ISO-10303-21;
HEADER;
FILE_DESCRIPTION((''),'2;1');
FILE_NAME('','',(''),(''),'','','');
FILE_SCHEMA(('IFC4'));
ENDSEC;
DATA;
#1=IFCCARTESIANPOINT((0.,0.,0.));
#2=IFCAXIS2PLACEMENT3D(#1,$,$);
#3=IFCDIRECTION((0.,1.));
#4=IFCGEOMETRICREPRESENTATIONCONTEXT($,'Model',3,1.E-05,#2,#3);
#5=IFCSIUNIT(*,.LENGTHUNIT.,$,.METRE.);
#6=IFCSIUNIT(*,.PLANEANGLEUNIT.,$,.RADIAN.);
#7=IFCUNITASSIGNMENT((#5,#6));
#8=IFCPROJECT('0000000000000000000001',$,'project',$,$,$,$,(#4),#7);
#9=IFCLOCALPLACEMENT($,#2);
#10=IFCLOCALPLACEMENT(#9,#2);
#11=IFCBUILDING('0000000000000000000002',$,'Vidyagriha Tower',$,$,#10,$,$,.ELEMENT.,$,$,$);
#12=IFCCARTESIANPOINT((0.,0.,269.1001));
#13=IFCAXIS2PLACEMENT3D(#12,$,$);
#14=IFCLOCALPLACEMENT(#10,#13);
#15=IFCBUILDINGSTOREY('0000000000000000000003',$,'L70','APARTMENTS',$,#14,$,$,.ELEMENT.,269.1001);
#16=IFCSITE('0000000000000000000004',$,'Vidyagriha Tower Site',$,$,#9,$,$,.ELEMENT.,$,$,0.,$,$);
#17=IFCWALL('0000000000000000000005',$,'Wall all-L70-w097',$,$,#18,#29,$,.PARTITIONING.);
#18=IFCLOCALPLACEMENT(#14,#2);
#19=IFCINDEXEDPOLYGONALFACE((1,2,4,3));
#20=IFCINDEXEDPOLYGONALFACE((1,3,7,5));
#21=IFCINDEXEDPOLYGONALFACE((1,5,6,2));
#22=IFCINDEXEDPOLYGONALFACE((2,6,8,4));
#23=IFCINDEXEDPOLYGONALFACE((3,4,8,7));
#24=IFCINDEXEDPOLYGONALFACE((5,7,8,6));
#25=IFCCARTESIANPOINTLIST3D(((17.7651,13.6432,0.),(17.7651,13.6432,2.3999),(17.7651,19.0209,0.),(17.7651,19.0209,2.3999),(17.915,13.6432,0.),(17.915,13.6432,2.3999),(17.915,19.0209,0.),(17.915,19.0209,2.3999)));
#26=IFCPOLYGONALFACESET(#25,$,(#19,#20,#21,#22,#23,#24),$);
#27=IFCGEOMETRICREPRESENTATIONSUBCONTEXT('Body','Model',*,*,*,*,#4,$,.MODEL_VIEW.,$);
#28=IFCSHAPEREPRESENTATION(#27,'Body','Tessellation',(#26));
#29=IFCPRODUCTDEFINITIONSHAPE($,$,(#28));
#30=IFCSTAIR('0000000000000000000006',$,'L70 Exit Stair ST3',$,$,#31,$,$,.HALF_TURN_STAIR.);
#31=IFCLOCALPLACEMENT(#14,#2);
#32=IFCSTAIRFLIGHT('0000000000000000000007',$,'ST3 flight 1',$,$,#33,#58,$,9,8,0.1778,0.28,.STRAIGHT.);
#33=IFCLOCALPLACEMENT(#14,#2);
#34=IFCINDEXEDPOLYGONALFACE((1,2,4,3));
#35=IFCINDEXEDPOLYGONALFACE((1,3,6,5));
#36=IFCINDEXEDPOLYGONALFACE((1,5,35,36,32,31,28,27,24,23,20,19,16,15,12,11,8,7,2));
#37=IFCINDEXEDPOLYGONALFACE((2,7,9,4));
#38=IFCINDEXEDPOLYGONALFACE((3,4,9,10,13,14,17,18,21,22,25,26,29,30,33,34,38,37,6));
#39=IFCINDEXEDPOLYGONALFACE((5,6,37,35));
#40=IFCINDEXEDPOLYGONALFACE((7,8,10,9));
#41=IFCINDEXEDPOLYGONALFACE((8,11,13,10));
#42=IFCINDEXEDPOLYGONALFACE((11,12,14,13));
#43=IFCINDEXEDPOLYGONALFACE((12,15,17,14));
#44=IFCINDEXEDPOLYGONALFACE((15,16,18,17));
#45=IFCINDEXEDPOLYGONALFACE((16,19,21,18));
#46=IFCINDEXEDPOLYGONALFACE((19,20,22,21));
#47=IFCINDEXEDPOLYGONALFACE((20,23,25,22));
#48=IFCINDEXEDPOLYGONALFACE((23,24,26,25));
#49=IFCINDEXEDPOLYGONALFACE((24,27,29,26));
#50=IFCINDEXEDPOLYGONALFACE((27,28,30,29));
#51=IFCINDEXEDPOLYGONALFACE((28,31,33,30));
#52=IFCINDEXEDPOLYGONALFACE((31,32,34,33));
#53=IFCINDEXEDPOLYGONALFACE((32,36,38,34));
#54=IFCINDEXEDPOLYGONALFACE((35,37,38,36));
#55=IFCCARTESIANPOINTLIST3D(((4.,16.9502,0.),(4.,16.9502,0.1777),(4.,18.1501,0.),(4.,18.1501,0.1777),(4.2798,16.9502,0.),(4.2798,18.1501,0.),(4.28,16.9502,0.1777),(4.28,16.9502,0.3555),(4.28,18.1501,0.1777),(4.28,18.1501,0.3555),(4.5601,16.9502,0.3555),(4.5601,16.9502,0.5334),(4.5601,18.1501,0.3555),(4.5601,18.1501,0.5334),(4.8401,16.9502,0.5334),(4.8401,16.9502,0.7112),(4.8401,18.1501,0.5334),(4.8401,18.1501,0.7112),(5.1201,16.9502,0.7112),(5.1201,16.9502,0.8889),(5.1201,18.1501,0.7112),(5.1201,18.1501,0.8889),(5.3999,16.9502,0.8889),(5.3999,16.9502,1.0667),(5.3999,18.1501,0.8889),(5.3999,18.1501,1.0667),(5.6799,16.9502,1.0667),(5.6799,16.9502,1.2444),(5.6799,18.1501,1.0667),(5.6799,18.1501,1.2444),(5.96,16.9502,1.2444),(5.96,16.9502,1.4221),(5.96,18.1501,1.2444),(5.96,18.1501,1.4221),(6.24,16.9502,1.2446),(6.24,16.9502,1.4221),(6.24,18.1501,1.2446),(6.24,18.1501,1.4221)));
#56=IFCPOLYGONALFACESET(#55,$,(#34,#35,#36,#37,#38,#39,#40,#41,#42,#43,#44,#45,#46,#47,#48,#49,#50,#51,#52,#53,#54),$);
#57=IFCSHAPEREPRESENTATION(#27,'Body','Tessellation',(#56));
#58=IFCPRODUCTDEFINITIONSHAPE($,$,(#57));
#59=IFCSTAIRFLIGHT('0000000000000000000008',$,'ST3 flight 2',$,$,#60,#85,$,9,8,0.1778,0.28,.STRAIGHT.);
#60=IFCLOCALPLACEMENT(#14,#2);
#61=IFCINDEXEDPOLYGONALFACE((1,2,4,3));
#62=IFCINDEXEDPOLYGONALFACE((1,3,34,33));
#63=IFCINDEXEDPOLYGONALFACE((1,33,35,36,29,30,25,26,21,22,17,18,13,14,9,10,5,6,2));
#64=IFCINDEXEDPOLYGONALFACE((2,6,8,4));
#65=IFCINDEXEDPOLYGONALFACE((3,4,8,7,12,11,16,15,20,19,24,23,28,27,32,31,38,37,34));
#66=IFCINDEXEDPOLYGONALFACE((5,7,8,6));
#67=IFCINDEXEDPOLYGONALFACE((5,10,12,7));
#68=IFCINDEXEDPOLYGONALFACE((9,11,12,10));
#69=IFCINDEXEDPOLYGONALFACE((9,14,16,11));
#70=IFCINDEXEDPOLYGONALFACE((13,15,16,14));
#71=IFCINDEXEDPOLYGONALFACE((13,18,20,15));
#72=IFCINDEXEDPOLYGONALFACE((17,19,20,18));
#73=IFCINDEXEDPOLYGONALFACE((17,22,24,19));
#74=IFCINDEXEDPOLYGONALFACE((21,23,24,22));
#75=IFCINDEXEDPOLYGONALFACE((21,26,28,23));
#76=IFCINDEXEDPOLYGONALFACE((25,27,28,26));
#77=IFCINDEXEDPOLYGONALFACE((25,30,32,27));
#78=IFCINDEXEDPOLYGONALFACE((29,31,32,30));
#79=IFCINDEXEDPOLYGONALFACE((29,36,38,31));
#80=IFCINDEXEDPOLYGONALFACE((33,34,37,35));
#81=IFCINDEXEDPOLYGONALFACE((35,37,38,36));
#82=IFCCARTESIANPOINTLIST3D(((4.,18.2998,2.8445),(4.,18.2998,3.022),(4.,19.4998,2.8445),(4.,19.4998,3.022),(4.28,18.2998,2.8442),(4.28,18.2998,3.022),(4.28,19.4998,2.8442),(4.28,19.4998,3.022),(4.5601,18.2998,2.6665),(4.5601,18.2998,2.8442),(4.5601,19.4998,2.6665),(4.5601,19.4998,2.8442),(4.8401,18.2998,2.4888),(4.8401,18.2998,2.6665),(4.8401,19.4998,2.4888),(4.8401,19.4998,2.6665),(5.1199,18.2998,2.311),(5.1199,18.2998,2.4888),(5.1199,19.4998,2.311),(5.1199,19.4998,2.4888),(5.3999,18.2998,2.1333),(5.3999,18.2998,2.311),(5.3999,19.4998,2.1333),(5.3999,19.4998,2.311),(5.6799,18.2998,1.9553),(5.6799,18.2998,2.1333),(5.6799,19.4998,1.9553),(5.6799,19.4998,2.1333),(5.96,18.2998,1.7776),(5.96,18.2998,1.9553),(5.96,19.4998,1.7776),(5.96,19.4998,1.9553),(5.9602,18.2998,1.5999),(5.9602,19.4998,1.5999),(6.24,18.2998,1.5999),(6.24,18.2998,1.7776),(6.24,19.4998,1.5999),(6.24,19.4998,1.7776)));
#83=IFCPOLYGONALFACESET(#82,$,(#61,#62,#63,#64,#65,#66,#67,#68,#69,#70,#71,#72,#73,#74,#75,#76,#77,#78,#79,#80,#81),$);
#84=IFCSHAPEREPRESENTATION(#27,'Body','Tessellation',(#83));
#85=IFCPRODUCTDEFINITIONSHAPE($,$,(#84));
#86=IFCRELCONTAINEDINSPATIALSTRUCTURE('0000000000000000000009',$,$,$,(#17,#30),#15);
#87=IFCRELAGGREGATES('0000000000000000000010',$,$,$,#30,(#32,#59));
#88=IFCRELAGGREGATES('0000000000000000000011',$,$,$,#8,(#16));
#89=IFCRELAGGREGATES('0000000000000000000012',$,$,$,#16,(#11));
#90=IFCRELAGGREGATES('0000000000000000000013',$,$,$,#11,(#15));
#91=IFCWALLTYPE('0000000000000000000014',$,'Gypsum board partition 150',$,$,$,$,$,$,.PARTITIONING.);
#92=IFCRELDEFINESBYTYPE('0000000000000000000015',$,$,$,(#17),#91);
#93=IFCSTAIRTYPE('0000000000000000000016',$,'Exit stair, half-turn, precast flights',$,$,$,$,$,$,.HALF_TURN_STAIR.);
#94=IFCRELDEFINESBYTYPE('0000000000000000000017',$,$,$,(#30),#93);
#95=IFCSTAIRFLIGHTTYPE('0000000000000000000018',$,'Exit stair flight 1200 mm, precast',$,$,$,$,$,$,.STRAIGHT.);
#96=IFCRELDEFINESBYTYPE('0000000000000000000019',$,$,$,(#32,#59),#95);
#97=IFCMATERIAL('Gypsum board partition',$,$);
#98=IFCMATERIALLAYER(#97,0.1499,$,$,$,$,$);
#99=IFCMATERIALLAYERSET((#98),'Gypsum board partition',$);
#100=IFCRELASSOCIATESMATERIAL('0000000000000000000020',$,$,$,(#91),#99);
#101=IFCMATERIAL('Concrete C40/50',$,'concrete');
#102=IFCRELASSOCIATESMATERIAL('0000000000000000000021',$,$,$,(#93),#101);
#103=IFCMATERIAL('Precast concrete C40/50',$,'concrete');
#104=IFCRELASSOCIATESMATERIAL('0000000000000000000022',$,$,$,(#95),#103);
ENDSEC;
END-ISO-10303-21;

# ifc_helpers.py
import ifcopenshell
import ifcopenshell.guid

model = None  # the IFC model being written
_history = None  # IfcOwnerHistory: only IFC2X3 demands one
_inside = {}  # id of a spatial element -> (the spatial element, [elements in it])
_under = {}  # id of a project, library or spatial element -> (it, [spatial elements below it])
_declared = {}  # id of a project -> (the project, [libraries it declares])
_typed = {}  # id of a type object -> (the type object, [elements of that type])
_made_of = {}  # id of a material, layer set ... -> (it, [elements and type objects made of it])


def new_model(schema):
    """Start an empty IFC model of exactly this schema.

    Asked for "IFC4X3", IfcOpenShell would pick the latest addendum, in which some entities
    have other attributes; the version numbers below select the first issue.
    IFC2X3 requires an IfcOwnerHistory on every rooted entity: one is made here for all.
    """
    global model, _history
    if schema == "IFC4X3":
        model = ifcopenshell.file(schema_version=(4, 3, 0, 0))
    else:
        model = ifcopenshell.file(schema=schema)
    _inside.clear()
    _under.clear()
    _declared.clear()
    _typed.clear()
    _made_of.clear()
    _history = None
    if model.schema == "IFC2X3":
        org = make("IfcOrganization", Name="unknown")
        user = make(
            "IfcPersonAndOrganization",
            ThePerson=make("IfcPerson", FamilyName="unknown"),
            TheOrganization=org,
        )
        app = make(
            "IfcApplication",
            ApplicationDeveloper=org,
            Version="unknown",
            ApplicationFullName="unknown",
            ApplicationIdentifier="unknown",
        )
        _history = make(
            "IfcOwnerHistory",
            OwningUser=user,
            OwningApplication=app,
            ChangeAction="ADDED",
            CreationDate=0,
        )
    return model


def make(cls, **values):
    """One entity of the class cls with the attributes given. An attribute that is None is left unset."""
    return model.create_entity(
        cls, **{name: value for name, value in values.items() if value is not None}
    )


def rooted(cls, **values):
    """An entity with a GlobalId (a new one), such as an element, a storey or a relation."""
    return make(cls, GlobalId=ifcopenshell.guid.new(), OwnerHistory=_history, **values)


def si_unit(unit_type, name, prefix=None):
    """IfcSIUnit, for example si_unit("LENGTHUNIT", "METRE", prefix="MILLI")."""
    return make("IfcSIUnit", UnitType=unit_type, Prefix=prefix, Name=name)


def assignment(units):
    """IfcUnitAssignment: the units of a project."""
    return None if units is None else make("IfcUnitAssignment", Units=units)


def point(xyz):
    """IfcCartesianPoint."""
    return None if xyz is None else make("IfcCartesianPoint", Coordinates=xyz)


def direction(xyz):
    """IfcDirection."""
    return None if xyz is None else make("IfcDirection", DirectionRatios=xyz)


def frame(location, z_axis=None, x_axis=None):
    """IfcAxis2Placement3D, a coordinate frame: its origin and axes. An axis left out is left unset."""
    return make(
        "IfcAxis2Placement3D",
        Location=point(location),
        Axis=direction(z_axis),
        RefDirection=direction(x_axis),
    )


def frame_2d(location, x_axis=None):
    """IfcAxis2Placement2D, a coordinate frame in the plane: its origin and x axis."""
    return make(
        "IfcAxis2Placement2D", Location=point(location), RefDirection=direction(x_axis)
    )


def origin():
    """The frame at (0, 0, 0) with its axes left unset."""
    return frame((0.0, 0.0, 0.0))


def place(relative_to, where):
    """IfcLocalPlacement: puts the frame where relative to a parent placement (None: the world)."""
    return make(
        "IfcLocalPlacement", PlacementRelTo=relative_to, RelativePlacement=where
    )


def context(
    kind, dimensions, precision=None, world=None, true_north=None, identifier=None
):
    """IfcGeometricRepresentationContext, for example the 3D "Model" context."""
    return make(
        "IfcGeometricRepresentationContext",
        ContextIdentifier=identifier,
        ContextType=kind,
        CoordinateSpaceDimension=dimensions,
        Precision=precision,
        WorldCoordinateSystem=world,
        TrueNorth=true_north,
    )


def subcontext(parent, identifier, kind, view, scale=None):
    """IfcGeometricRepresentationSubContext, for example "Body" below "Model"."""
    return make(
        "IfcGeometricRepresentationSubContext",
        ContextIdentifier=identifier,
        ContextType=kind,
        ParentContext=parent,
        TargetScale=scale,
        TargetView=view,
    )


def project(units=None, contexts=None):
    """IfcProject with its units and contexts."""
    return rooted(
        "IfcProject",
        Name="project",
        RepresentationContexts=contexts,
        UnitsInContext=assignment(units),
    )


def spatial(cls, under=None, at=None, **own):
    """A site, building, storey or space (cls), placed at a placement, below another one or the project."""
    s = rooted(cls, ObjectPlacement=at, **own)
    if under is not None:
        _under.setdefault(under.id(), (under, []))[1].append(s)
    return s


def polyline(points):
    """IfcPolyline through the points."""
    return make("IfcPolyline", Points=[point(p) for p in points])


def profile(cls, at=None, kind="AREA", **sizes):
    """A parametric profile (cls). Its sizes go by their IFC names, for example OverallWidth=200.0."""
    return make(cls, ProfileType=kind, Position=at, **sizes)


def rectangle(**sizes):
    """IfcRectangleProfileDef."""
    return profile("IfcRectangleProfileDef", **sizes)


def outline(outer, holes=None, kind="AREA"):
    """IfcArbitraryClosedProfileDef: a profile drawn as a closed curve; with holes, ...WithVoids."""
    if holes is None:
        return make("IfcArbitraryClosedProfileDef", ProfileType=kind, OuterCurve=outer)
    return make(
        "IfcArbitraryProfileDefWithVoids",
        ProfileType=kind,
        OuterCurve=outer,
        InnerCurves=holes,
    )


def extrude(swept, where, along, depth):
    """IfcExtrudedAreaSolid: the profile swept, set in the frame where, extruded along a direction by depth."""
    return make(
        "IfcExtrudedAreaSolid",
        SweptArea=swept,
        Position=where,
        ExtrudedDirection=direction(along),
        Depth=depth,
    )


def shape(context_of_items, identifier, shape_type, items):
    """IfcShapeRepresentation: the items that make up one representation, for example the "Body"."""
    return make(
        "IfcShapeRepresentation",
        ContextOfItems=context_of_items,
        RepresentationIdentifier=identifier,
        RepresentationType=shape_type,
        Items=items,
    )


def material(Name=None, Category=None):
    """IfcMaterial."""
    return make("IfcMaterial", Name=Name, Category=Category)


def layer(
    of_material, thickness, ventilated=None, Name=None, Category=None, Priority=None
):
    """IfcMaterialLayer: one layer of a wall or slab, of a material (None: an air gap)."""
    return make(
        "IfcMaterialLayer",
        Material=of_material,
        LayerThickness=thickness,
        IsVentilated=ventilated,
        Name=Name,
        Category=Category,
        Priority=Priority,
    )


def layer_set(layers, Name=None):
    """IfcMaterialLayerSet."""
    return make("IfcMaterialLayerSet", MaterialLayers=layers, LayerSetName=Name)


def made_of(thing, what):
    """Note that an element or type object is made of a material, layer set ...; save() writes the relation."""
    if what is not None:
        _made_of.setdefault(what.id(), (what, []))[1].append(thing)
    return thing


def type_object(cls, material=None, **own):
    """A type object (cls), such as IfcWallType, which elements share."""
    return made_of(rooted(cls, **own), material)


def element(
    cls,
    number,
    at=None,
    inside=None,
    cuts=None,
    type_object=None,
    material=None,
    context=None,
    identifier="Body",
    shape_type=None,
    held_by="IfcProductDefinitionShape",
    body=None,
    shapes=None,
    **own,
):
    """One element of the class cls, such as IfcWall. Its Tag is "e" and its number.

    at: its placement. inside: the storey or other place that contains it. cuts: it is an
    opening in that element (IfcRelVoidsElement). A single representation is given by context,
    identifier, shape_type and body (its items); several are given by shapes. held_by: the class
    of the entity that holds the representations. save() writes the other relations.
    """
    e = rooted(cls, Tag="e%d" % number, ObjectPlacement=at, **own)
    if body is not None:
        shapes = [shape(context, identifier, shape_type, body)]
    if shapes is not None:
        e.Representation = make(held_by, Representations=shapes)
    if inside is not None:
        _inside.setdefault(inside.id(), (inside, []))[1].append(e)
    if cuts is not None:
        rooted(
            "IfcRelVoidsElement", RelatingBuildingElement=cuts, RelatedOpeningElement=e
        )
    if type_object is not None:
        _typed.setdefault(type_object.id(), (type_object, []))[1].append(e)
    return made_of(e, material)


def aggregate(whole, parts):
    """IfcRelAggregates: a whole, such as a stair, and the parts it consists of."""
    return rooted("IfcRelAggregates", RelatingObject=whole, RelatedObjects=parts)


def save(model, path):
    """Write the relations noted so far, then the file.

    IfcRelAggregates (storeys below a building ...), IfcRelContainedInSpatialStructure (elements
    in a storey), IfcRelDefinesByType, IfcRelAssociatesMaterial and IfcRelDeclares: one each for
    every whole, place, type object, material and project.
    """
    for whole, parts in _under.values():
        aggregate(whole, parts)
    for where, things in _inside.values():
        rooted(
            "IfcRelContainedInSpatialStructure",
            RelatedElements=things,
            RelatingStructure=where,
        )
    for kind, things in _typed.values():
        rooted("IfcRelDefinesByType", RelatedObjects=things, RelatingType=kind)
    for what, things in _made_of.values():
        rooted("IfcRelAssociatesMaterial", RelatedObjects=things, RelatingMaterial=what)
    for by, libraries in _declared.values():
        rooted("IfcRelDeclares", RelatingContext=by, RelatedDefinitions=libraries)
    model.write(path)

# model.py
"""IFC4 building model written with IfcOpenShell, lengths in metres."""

from ifc_helpers import new_model, si_unit, direction, frame, frame_2d, origin, place, context, subcontext, project, spatial, polyline, rectangle, outline, extrude, material, layer, layer_set, type_object, element, aggregate, save


model = new_model("IFC4")

# Units and contexts
model_context = context("Model", 3, precision=1e-05, world=origin(), true_north=direction((0.0, 1.0)))
body_context = subcontext(model_context, "Body", "Model", "MODEL_VIEW")
ifc_project = project(units=[si_unit("LENGTHUNIT", "METRE"), si_unit("PLANEANGLEUNIT", "RADIAN")], contexts=[model_context])

# Site, building, storey
site_placement = place(None, origin())
site = spatial("IfcSite", under=ifc_project, at=site_placement, Name="Vidyagriha Tower Site", CompositionType="ELEMENT", RefElevation=0.0)
building_placement = place(site_placement, origin())
building = spatial("IfcBuilding", under=site, at=building_placement, Name="Vidyagriha Tower", CompositionType="ELEMENT")
storey_placement = place(building_placement, frame((0.0, 0.0, 269.1001)))
storey = spatial("IfcBuildingStorey", under=building, at=storey_placement, Name="L70", Description="APARTMENTS", CompositionType="ELEMENT", Elevation=269.1001)

# Wall
ifc_material_1 = material(Name="Gypsum board partition")
ifc_layer_1 = layer(ifc_material_1, 0.1499)
ifc_layer_set_1 = layer_set([ifc_layer_1], Name="Gypsum board partition")
wall_type = type_object("IfcWallType", Name="Gypsum board partition 150", PredefinedType="PARTITIONING", material=ifc_layer_set_1)
wall_placement = place(storey_placement, frame((17.8401, 19.021, 0.0), z_axis=(0.0, 0.0, 1.0), x_axis=(0.0, -1.0, 0.0)))
element("IfcWall", 1, at=wall_placement, inside=storey, type_object=wall_type, Name="Wall all-L70-w097", PredefinedType="PARTITIONING", context=body_context, shape_type="SweptSolid", body=[
    extrude(rectangle(XDim=5.3777, YDim=0.1499, at=frame_2d((2.689, 0.0))), origin(), (0.0, 0.0, 1.0), 2.3999),
])

# Stair, stair flights
ifc_material_2 = material(Name="Concrete C40/50", Category="concrete")
stair_type = type_object("IfcStairType", Name="Exit stair, half-turn, precast flights", PredefinedType="HALF_TURN_STAIR", material=ifc_material_2)
stair_placement = place(storey_placement, origin())
stair = element("IfcStair", 2, at=stair_placement, inside=storey, type_object=stair_type, Name="L70 Exit Stair ST3", PredefinedType="HALF_TURN_STAIR")
ifc_material_3 = material(Name="Precast concrete C40/50", Category="concrete")
stair_flight_type = type_object("IfcStairFlightType", Name="Exit stair flight 1200 mm, precast", PredefinedType="STRAIGHT", material=ifc_material_3)
stair_flight_1_placement = place(storey_placement, frame((4.0, 17.55, 0.0)))
stair_flight_1 = element("IfcStairFlight", 3, at=stair_flight_1_placement, type_object=stair_flight_type, Name="ST3 flight 1", NumberOfRisers=9, NumberOfTreads=8, PredefinedType="STRAIGHT", RiserHeight=0.1778, TreadLength=0.28, context=body_context, shape_type="SweptSolid", body=[
    extrude(outline(polyline([(0.0, 0.0), (0.0, 0.1777), (0.28, 0.1777), (0.28, 0.3555), (0.5601, 0.3555), (0.5601, 0.5334), (0.8401, 0.5334), (0.8401, 0.7112), (1.1201, 0.7112), (1.1201, 0.8889), (1.3999, 0.8889), (1.3999, 1.0667), (1.6799, 1.0667), (1.6799, 1.2444), (1.96, 1.2444), (1.96, 1.4221), (2.24, 1.4221), (2.24, 1.6001), (2.24, 1.2446), (0.2798, 0.0), (0.0, 0.0)])), frame((0.0, 0.6001, 0.0), z_axis=(0.0, -1.0, 0.0), x_axis=(1.0, 0.0, 0.0)), (0.0, 0.0, 1.0), 1.2),
])
stair_flight_2_placement = place(storey_placement, frame((6.24, 18.8999, 1.5999), z_axis=(0.0, 0.0, 1.0), x_axis=(-1.0, 0.0, 0.0)))
stair_flight_2 = element("IfcStairFlight", 4, at=stair_flight_2_placement, type_object=stair_flight_type, Name="ST3 flight 2", NumberOfRisers=9, NumberOfTreads=8, PredefinedType="STRAIGHT", RiserHeight=0.1778, TreadLength=0.28, context=body_context, shape_type="SweptSolid", body=[
    extrude(outline(polyline([(0.0, 0.0), (0.0, 0.1777), (0.28, 0.1777), (0.28, 0.3555), (0.5601, 0.3555), (0.5601, 0.5334), (0.8401, 0.5334), (0.8401, 0.7112), (1.1201, 0.7112), (1.1201, 0.8889), (1.3999, 0.8889), (1.3999, 1.0667), (1.6799, 1.0667), (1.6799, 1.2444), (1.96, 1.2444), (1.96, 1.4221), (2.24, 1.4221), (2.24, 1.6001), (2.24, 1.2446), (0.2798, 0.0), (0.0, 0.0)])), frame((0.0, 0.6001, 0.0), z_axis=(0.0, -1.0, 0.0), x_axis=(1.0, 0.0, 0.0)), (0.0, 0.0, 1.0), 1.2),
])
aggregate(stair, [stair_flight_1, stair_flight_2])

save(model, "model.ifc")
